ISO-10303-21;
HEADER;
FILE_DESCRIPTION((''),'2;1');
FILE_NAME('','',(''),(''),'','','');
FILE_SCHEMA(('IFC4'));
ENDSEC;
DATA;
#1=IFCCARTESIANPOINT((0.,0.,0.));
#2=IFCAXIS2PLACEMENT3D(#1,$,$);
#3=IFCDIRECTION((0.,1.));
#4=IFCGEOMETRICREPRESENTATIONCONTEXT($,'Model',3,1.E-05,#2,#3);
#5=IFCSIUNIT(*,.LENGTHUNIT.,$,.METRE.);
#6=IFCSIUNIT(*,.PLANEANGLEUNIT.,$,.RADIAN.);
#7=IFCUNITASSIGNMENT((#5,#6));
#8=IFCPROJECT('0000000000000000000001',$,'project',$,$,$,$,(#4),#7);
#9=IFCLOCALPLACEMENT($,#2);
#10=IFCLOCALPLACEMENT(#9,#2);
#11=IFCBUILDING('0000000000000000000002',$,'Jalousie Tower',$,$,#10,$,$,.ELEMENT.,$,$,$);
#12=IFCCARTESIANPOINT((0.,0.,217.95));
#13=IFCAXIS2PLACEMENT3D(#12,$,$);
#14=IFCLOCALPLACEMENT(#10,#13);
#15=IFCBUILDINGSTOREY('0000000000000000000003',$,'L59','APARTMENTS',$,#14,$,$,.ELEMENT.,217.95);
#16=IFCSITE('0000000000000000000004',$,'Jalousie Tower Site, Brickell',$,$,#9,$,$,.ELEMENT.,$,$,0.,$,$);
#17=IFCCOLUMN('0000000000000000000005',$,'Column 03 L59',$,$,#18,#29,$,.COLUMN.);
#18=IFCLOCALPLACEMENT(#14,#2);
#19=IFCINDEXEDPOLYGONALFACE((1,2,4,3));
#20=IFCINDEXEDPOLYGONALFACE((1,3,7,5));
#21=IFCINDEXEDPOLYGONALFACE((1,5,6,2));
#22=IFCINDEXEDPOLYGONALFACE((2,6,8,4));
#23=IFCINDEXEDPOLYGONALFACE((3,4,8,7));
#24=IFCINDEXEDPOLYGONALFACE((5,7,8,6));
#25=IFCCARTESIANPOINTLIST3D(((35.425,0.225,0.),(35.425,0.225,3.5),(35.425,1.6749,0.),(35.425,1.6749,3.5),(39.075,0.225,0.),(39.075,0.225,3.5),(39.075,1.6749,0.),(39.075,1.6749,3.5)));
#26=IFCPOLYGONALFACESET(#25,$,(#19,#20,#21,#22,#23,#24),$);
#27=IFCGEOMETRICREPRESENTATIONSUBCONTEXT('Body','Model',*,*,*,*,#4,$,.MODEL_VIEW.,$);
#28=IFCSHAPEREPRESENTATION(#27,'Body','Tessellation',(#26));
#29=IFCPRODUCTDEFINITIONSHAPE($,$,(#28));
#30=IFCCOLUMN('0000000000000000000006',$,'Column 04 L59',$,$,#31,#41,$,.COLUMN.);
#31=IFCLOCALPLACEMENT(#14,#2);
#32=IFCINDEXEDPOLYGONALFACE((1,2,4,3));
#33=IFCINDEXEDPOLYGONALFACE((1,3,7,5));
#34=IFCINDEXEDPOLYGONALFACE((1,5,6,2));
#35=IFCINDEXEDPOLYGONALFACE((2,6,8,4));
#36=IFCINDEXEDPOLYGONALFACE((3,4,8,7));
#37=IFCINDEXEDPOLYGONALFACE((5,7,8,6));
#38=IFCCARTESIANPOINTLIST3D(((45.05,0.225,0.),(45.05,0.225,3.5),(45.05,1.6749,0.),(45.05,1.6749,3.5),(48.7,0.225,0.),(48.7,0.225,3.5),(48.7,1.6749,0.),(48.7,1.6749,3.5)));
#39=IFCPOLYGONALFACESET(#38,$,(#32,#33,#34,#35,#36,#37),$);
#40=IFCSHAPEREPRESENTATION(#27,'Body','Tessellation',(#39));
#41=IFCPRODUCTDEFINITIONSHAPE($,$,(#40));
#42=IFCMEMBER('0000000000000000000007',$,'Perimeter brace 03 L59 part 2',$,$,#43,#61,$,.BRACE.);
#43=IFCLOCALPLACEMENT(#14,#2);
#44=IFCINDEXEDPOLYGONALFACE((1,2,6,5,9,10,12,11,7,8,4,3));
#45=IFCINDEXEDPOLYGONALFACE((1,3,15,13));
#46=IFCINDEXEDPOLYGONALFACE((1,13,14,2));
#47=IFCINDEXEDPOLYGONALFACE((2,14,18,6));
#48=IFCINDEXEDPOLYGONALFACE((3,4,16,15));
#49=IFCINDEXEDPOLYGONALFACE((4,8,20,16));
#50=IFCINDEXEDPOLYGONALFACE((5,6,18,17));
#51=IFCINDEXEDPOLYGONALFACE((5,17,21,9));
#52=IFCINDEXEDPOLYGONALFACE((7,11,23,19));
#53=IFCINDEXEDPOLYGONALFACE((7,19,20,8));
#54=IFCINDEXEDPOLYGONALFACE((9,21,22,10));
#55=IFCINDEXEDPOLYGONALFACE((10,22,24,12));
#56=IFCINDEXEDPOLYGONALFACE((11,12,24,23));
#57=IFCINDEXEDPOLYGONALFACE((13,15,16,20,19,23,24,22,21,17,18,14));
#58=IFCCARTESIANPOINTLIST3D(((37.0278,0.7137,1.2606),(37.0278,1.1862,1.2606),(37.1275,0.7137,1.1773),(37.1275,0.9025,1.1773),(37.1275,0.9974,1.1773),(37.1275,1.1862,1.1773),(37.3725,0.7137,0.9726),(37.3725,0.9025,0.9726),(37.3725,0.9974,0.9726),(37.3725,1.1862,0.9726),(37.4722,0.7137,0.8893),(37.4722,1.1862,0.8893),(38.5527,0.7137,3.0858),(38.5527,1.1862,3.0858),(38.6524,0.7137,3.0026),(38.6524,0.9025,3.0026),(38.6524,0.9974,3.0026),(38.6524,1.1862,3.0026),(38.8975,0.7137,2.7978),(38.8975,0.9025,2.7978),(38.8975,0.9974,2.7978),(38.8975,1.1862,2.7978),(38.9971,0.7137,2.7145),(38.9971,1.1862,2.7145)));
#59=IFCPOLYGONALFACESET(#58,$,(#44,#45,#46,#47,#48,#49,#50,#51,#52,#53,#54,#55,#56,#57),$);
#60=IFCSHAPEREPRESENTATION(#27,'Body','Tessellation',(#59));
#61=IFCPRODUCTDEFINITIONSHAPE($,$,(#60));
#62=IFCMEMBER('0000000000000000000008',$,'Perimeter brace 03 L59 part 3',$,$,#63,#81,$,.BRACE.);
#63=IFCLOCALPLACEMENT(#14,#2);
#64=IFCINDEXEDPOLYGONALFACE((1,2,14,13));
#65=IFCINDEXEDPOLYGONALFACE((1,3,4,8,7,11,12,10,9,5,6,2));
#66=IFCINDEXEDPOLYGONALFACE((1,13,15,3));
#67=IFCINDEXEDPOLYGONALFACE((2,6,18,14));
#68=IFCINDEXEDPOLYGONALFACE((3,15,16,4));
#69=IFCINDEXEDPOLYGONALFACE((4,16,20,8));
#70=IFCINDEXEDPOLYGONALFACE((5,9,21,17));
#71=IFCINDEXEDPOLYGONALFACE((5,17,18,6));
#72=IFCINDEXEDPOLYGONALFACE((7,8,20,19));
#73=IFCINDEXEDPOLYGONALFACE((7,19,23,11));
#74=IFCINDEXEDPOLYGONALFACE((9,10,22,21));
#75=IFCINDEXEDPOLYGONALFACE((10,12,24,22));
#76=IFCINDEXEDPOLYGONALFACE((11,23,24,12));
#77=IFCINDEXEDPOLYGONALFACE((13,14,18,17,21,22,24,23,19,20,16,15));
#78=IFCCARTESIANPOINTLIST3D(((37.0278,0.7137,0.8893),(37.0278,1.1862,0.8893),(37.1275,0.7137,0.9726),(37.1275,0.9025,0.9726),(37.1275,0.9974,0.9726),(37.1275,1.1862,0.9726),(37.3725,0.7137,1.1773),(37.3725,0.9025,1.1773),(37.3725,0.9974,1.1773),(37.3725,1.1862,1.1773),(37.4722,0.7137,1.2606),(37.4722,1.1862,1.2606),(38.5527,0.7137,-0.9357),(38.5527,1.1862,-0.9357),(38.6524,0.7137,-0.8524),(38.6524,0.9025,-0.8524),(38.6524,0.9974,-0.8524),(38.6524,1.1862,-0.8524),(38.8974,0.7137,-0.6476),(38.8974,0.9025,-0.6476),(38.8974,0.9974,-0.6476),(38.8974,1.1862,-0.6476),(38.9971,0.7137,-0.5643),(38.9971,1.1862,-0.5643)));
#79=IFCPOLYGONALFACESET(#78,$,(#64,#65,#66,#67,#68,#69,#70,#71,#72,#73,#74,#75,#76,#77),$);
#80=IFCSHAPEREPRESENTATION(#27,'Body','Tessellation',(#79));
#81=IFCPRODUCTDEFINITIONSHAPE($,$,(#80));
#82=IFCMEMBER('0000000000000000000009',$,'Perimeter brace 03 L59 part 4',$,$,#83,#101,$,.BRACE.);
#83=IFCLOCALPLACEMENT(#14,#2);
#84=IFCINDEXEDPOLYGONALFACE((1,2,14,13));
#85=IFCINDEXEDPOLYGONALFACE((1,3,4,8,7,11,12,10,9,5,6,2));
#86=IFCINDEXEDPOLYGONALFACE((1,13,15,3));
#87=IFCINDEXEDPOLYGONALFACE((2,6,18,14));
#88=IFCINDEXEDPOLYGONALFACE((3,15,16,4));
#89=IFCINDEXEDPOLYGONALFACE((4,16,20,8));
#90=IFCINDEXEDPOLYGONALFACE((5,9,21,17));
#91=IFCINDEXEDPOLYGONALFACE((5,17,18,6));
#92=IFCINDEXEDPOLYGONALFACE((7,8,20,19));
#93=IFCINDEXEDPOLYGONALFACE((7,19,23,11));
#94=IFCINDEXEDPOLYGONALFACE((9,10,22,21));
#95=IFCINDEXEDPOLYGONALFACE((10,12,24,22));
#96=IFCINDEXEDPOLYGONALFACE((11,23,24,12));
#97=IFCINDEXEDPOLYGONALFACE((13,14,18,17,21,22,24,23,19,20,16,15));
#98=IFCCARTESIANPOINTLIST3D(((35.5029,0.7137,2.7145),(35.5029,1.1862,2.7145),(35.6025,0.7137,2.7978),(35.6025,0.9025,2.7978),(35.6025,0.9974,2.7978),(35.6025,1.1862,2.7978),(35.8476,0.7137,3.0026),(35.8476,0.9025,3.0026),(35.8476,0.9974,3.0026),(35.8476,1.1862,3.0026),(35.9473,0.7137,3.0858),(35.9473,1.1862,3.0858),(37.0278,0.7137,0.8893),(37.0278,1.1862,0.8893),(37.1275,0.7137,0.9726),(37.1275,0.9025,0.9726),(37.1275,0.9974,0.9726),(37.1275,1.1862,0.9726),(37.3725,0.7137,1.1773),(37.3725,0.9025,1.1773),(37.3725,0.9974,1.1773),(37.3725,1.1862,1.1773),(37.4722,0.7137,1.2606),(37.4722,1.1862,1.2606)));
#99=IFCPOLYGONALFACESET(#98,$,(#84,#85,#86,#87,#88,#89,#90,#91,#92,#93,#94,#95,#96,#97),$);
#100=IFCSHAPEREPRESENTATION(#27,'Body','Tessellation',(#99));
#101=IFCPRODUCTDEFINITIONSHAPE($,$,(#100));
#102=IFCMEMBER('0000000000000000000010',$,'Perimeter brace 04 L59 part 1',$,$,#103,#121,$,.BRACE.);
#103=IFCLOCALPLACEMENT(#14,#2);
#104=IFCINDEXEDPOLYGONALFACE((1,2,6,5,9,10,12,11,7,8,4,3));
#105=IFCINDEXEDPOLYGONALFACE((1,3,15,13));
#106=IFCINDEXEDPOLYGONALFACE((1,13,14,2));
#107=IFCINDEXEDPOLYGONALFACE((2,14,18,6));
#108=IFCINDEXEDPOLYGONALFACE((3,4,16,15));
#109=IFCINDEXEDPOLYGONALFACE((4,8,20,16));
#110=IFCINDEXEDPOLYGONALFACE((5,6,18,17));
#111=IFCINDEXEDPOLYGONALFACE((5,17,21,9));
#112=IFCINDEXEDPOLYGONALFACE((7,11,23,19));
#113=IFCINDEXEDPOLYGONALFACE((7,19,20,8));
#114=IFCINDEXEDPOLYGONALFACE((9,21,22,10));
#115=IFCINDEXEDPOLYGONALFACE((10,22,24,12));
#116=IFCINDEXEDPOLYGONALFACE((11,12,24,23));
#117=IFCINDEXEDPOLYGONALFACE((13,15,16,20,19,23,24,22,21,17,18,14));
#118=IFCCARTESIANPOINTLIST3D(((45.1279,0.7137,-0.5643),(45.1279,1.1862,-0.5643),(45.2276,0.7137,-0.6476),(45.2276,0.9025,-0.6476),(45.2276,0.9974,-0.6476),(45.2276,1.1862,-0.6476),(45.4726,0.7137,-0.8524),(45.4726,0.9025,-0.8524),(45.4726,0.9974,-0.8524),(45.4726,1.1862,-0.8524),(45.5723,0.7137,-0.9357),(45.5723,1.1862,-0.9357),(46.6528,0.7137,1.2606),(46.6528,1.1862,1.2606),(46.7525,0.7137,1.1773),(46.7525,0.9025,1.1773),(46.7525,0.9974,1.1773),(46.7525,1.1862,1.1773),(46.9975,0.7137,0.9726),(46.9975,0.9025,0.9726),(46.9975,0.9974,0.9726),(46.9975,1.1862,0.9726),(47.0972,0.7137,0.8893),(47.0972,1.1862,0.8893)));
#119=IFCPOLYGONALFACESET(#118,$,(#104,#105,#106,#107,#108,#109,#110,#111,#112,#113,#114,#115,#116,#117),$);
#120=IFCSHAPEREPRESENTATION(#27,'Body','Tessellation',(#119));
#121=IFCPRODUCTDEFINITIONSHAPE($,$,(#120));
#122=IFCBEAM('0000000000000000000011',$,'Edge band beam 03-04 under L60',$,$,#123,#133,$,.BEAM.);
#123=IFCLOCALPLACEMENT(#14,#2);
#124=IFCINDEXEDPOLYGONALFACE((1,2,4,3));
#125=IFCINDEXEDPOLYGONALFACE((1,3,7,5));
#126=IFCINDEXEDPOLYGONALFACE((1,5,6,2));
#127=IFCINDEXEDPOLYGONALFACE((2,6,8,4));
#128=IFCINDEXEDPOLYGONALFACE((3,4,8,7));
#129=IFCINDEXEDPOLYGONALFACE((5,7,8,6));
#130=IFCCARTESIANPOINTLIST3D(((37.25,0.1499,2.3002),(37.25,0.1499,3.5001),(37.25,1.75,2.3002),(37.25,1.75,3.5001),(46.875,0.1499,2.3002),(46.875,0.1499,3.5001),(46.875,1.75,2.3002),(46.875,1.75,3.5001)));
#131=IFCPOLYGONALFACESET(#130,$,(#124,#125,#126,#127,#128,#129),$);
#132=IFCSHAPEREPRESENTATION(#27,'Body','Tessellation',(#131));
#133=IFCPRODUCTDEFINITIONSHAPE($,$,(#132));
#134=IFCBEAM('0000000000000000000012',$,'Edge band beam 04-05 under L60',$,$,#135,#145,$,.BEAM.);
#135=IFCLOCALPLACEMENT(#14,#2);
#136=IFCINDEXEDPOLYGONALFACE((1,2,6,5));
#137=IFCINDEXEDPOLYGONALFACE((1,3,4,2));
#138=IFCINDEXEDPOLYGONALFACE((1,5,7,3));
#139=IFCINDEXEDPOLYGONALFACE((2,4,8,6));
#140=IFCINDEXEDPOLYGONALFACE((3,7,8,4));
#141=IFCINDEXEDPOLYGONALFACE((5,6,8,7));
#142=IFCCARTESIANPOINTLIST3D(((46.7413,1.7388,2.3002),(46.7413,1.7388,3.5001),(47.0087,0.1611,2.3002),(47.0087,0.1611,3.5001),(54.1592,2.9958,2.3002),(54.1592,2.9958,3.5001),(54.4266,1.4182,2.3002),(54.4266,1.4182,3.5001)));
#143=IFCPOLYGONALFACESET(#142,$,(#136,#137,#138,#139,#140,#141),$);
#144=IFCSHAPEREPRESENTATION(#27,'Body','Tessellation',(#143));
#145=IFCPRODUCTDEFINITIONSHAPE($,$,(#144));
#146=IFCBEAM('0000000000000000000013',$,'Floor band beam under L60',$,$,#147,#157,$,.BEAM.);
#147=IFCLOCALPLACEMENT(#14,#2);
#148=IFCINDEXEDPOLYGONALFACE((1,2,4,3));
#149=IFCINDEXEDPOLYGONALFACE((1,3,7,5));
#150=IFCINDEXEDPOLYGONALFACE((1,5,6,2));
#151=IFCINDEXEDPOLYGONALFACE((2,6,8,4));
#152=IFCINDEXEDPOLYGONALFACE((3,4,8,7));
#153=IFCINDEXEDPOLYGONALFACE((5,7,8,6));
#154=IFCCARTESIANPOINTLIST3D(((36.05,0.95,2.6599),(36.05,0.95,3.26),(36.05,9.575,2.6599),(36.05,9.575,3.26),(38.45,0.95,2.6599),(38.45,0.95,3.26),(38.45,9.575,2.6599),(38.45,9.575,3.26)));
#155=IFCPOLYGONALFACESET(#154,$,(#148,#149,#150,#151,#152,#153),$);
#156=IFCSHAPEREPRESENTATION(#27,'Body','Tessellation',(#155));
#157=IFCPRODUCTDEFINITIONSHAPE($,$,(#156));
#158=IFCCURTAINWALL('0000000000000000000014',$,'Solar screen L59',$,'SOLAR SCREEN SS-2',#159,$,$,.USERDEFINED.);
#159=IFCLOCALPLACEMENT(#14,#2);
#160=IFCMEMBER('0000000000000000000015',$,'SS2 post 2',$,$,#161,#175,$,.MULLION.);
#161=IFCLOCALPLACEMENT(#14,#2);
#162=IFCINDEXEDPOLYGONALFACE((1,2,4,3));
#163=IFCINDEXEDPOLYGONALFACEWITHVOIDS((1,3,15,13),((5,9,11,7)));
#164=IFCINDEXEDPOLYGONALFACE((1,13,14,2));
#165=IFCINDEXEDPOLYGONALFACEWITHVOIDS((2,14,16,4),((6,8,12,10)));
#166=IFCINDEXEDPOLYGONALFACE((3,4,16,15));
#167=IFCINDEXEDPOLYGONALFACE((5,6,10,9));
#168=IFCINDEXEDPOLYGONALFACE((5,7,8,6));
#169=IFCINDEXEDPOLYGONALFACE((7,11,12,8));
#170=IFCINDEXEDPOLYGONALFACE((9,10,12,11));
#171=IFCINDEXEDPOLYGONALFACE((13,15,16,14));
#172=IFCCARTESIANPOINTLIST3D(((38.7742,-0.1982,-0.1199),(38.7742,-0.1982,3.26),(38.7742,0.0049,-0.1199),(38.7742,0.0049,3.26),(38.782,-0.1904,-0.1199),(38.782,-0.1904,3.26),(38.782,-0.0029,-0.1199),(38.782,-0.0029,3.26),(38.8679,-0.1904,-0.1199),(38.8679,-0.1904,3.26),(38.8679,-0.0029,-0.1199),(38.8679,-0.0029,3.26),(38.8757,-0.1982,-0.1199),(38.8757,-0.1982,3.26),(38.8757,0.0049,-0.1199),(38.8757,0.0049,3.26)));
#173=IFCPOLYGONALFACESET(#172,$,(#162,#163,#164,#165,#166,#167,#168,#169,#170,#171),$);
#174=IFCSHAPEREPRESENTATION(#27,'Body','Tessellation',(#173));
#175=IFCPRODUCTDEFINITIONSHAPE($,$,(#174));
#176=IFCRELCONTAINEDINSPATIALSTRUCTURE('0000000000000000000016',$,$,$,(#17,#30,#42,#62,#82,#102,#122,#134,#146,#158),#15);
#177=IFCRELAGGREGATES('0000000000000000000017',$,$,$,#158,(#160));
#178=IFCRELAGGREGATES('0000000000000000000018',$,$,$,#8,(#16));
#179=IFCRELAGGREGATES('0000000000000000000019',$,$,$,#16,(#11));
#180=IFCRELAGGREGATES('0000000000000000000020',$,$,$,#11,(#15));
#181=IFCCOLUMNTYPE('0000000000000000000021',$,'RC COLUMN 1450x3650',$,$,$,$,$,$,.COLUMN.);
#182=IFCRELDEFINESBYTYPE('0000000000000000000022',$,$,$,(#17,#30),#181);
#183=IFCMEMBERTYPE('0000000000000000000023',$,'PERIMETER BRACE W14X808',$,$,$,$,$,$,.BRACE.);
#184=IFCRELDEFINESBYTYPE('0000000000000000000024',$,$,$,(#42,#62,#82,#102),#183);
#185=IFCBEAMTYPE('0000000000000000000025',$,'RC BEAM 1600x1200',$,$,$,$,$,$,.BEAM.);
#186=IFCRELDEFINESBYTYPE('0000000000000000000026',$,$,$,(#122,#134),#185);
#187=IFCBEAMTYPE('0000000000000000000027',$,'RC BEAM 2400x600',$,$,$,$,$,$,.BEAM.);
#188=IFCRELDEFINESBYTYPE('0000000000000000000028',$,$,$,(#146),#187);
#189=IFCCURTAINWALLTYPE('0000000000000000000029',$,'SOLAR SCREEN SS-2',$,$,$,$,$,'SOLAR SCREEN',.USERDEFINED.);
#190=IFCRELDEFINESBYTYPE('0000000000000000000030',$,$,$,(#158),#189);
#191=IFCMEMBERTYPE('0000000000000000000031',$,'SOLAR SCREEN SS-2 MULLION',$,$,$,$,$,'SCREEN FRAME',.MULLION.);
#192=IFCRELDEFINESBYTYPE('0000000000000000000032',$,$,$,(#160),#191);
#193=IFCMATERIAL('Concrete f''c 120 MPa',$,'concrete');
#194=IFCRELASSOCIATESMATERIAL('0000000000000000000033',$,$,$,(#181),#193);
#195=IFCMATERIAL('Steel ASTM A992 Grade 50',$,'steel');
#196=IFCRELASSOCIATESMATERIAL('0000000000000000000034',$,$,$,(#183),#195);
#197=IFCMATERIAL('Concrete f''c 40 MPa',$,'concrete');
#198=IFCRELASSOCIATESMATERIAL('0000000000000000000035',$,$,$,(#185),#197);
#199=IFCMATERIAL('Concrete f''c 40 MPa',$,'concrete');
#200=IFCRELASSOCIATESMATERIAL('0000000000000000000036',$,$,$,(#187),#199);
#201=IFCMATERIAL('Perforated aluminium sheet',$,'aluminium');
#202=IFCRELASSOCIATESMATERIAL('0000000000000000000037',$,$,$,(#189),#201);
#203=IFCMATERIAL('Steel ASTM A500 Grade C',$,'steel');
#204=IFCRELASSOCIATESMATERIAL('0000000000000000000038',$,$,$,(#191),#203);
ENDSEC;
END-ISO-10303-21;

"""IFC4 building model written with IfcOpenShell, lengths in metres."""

from ifc_helpers import new_model, si_unit, direction, frame, origin, origin_2d, place, context, subcontext, project, spatial, rectangle, hollow_rectangle, i_section, extrude, material, material_profile, profile_set, type_object, element, aggregate, save


model = new_model("IFC4")

# Units and contexts
model_context = context("Model", 3, precision=1e-05, world=origin(), true_north=direction((0.0, 1.0)))
body_context = subcontext(model_context, "Body", "Model", "MODEL_VIEW")
ifc_project = project(units=[si_unit("LENGTHUNIT", "METRE"), si_unit("PLANEANGLEUNIT", "RADIAN")], contexts=[model_context])

# Site, building, storey
site_placement = place(None, origin())
site = spatial("IfcSite", under=ifc_project, at=site_placement, Name="Jalousie Tower Site, Brickell", CompositionType="ELEMENT", RefElevation=0.0)
building_placement = place(site_placement, origin())
building = spatial("IfcBuilding", under=site, at=building_placement, Name="Jalousie Tower", CompositionType="ELEMENT")
storey_placement = place(building_placement, frame((0.0, 0.0, 217.95)))
storey = spatial("IfcBuildingStorey", under=building, at=storey_placement, Name="L59", Description="APARTMENTS", CompositionType="ELEMENT", Elevation=217.95)

# Columns
ifc_material_1 = material(Name="Concrete f'c 120 MPa", Category="concrete")
ifc_material_profile_1 = material_profile(ifc_material_1, rectangle(XDim=1.45, YDim=3.6499, at=origin_2d()), Name="RC 1450x3650")
ifc_profile_set_1 = profile_set([ifc_material_profile_1], Name="Concrete f'c 120 MPa")
column_type = type_object("IfcColumnType", Name="RC COLUMN 1450x3650", PredefinedType="COLUMN", material=ifc_profile_set_1)
for number, where, z_axis, x_axis, name in (
    (1, (37.25, 0.95, 0.0), (0.0, 0.0, 1.0), (0.0, 1.0, 0.0), "Column 03 L59"),
    (2, (46.875, 0.95, 0.0), (0.0, 0.0, 1.0), (0.0, 1.0, 0.0), "Column 04 L59"),
):
    element("IfcColumn", number, at=place(storey_placement, frame(where, z_axis=z_axis, x_axis=x_axis)), inside=storey, type_object=column_type, Name=name, PredefinedType="COLUMN", context=body_context, shape_type="SweptSolid", body=[
        extrude(rectangle(XDim=1.45, YDim=3.6499, at=origin_2d()), origin(), (0.0, 0.0, 1.0), 3.5),
    ])

# Members
ifc_material_2 = material(Name="Steel ASTM A992 Grade 50", Category="steel")
ifc_material_profile_2 = material_profile(ifc_material_2, i_section(OverallWidth=0.4724, OverallDepth=0.5791, WebThickness=0.095, FlangeThickness=0.1299, at=origin_2d()), Name="W14X808")
ifc_profile_set_2 = profile_set([ifc_material_profile_2], Name="Steel ASTM A992 Grade 50")
member_type_1 = type_object("IfcMemberType", Name="PERIMETER BRACE W14X808", PredefinedType="BRACE", material=ifc_profile_set_2)
member_1_placement = place(storey_placement, frame((37.25, 0.95, 1.075), z_axis=(0.641153, 0.0, 0.767413), x_axis=(0.0, 1.0, 0.0)))
element("IfcMember", 3, at=member_1_placement, inside=storey, type_object=member_type_1, Name="Perimeter brace 03 L59 part 2", PredefinedType="BRACE", context=body_context, shape_type="SweptSolid", body=[
    extrude(i_section(OverallWidth=0.4724, OverallDepth=0.5791, WebThickness=0.095, FlangeThickness=0.1299, at=origin_2d()), origin(), (0.0, 0.0, 1.0), 2.3784),
])
member_2_placement = place(storey_placement, frame((38.7749, 0.95, -0.75), z_axis=(-0.641204, 0.0, 0.767371), x_axis=(0.0, -1.0, 0.0)))
element("IfcMember", 4, at=member_2_placement, inside=storey, type_object=member_type_1, Name="Perimeter brace 03 L59 part 3", PredefinedType="BRACE", context=body_context, shape_type="SweptSolid", body=[
    extrude(i_section(OverallWidth=0.4724, OverallDepth=0.5791, WebThickness=0.095, FlangeThickness=0.1299, at=origin_2d()), origin(), (0.0, 0.0, 1.0), 2.3782),
])
member_3_placement = place(storey_placement, frame((37.25, 0.95, 1.075), z_axis=(-0.641153, 0.0, 0.767413), x_axis=(0.0, -1.0, 0.0)))
element("IfcMember", 5, at=member_3_placement, inside=storey, type_object=member_type_1, Name="Perimeter brace 03 L59 part 4", PredefinedType="BRACE", context=body_context, shape_type="SweptSolid", body=[
    extrude(i_section(OverallWidth=0.4724, OverallDepth=0.5791, WebThickness=0.095, FlangeThickness=0.1299, at=origin_2d()), origin(), (0.0, 0.0, 1.0), 2.3784),
])
member_4_placement = place(storey_placement, frame((45.3501, 0.95, -0.75), z_axis=(0.641204, 0.0, 0.767371), x_axis=(0.0, 1.0, 0.0)))
element("IfcMember", 6, at=member_4_placement, inside=storey, type_object=member_type_1, Name="Perimeter brace 04 L59 part 1", PredefinedType="BRACE", context=body_context, shape_type="SweptSolid", body=[
    extrude(i_section(OverallWidth=0.4724, OverallDepth=0.5791, WebThickness=0.095, FlangeThickness=0.1299, at=origin_2d()), origin(), (0.0, 0.0, 1.0), 2.3782),
])

# Beams
ifc_material_3 = material(Name="Concrete f'c 40 MPa", Category="concrete")
ifc_material_profile_3 = material_profile(ifc_material_3, rectangle(XDim=1.6001, YDim=1.2, at=origin_2d()), Name="RC 1600x1200")
ifc_profile_set_3 = profile_set([ifc_material_profile_3], Name="Concrete f'c 40 MPa")
beam_type_1 = type_object("IfcBeamType", Name="RC BEAM 1600x1200", PredefinedType="BEAM", material=ifc_profile_set_3)
beam_1_placement = place(storey_placement, frame((37.25, 0.95, 2.9001), z_axis=(1.0, 0.0, 0.0), x_axis=(0.0, 1.0, 0.0)))
element("IfcBeam", 7, at=beam_1_placement, inside=storey, type_object=beam_type_1, Name="Edge band beam 03-04 under L60", PredefinedType="BEAM", context=body_context, shape_type="SweptSolid", body=[
    extrude(rectangle(XDim=1.6001, YDim=1.2, at=origin_2d()), origin(), (0.0, 0.0, 1.0), 9.625),
])
beam_2_placement = place(storey_placement, frame((46.875, 0.95, 2.9001), z_axis=(0.985943, 0.167082, 0.0), x_axis=(-0.167082, 0.985943, 0.0)))
element("IfcBeam", 8, at=beam_2_placement, inside=storey, type_object=beam_type_1, Name="Edge band beam 04-05 under L60", PredefinedType="BEAM", context=body_context, shape_type="SweptSolid", body=[
    extrude(rectangle(XDim=1.6001, YDim=1.2, at=origin_2d()), origin(), (0.0, 0.0, 1.0), 7.5237),
])
ifc_material_4 = material(Name="Concrete f'c 40 MPa", Category="concrete")
ifc_material_profile_4 = material_profile(ifc_material_4, rectangle(XDim=2.3999, YDim=0.6001, at=origin_2d()), Name="RC 2400x600")
ifc_profile_set_4 = profile_set([ifc_material_profile_4], Name="Concrete f'c 40 MPa")
beam_type_2 = type_object("IfcBeamType", Name="RC BEAM 2400x600", PredefinedType="BEAM", material=ifc_profile_set_4)
beam_3_placement = place(storey_placement, frame((37.25, 0.95, 2.96), z_axis=(0.0, 1.0, 0.0), x_axis=(-1.0, 0.0, 0.0)))
element("IfcBeam", 9, at=beam_3_placement, inside=storey, type_object=beam_type_2, Name="Floor band beam under L60", PredefinedType="BEAM", context=body_context, shape_type="SweptSolid", body=[
    extrude(rectangle(XDim=2.3999, YDim=0.6001, at=origin_2d()), origin(), (0.0, 0.0, 1.0), 8.625),
])

# Curtain wall, member
ifc_material_5 = material(Name="Perforated aluminium sheet", Category="aluminium")
curtain_wall_type = type_object("IfcCurtainWallType", Name="SOLAR SCREEN SS-2", ElementType="SOLAR SCREEN", PredefinedType="USERDEFINED", material=ifc_material_5)
curtain_wall_1_placement = place(storey_placement, origin())
curtain_wall_1 = element("IfcCurtainWall", 10, at=curtain_wall_1_placement, inside=storey, type_object=curtain_wall_type, Name="Solar screen L59", ObjectType="SOLAR SCREEN SS-2", PredefinedType="USERDEFINED")
ifc_material_6 = material(Name="Steel ASTM A500 Grade C", Category="steel")
ifc_material_profile_5 = material_profile(ifc_material_6, hollow_rectangle(XDim=0.1016, YDim=0.2031, WallThickness=0.0078, at=origin_2d()), Name="HSS8X4X5/16")
ifc_profile_set_5 = profile_set([ifc_material_profile_5], Name="Steel ASTM A500 Grade C")
member_type_2 = type_object("IfcMemberType", Name="SOLAR SCREEN SS-2 MULLION", ElementType="SCREEN FRAME", PredefinedType="MULLION", material=ifc_profile_set_5)
member_5_placement = place(storey_placement, frame((38.825, -0.0967, -0.1199), z_axis=(0.0, 0.0, 1.0), x_axis=(1.0, 0.0, 0.0)))
member_5 = element("IfcMember", 11, at=member_5_placement, type_object=member_type_2, Name="SS2 post 2", PredefinedType="MULLION", context=body_context, shape_type="SweptSolid", body=[
    extrude(hollow_rectangle(XDim=0.1016, YDim=0.2031, WallThickness=0.0078, at=origin_2d()), origin(), (0.0, 0.0, 1.0), 3.3799),
])

aggregate(curtain_wall_1, [member_5])

save(model, "model.ifc")
